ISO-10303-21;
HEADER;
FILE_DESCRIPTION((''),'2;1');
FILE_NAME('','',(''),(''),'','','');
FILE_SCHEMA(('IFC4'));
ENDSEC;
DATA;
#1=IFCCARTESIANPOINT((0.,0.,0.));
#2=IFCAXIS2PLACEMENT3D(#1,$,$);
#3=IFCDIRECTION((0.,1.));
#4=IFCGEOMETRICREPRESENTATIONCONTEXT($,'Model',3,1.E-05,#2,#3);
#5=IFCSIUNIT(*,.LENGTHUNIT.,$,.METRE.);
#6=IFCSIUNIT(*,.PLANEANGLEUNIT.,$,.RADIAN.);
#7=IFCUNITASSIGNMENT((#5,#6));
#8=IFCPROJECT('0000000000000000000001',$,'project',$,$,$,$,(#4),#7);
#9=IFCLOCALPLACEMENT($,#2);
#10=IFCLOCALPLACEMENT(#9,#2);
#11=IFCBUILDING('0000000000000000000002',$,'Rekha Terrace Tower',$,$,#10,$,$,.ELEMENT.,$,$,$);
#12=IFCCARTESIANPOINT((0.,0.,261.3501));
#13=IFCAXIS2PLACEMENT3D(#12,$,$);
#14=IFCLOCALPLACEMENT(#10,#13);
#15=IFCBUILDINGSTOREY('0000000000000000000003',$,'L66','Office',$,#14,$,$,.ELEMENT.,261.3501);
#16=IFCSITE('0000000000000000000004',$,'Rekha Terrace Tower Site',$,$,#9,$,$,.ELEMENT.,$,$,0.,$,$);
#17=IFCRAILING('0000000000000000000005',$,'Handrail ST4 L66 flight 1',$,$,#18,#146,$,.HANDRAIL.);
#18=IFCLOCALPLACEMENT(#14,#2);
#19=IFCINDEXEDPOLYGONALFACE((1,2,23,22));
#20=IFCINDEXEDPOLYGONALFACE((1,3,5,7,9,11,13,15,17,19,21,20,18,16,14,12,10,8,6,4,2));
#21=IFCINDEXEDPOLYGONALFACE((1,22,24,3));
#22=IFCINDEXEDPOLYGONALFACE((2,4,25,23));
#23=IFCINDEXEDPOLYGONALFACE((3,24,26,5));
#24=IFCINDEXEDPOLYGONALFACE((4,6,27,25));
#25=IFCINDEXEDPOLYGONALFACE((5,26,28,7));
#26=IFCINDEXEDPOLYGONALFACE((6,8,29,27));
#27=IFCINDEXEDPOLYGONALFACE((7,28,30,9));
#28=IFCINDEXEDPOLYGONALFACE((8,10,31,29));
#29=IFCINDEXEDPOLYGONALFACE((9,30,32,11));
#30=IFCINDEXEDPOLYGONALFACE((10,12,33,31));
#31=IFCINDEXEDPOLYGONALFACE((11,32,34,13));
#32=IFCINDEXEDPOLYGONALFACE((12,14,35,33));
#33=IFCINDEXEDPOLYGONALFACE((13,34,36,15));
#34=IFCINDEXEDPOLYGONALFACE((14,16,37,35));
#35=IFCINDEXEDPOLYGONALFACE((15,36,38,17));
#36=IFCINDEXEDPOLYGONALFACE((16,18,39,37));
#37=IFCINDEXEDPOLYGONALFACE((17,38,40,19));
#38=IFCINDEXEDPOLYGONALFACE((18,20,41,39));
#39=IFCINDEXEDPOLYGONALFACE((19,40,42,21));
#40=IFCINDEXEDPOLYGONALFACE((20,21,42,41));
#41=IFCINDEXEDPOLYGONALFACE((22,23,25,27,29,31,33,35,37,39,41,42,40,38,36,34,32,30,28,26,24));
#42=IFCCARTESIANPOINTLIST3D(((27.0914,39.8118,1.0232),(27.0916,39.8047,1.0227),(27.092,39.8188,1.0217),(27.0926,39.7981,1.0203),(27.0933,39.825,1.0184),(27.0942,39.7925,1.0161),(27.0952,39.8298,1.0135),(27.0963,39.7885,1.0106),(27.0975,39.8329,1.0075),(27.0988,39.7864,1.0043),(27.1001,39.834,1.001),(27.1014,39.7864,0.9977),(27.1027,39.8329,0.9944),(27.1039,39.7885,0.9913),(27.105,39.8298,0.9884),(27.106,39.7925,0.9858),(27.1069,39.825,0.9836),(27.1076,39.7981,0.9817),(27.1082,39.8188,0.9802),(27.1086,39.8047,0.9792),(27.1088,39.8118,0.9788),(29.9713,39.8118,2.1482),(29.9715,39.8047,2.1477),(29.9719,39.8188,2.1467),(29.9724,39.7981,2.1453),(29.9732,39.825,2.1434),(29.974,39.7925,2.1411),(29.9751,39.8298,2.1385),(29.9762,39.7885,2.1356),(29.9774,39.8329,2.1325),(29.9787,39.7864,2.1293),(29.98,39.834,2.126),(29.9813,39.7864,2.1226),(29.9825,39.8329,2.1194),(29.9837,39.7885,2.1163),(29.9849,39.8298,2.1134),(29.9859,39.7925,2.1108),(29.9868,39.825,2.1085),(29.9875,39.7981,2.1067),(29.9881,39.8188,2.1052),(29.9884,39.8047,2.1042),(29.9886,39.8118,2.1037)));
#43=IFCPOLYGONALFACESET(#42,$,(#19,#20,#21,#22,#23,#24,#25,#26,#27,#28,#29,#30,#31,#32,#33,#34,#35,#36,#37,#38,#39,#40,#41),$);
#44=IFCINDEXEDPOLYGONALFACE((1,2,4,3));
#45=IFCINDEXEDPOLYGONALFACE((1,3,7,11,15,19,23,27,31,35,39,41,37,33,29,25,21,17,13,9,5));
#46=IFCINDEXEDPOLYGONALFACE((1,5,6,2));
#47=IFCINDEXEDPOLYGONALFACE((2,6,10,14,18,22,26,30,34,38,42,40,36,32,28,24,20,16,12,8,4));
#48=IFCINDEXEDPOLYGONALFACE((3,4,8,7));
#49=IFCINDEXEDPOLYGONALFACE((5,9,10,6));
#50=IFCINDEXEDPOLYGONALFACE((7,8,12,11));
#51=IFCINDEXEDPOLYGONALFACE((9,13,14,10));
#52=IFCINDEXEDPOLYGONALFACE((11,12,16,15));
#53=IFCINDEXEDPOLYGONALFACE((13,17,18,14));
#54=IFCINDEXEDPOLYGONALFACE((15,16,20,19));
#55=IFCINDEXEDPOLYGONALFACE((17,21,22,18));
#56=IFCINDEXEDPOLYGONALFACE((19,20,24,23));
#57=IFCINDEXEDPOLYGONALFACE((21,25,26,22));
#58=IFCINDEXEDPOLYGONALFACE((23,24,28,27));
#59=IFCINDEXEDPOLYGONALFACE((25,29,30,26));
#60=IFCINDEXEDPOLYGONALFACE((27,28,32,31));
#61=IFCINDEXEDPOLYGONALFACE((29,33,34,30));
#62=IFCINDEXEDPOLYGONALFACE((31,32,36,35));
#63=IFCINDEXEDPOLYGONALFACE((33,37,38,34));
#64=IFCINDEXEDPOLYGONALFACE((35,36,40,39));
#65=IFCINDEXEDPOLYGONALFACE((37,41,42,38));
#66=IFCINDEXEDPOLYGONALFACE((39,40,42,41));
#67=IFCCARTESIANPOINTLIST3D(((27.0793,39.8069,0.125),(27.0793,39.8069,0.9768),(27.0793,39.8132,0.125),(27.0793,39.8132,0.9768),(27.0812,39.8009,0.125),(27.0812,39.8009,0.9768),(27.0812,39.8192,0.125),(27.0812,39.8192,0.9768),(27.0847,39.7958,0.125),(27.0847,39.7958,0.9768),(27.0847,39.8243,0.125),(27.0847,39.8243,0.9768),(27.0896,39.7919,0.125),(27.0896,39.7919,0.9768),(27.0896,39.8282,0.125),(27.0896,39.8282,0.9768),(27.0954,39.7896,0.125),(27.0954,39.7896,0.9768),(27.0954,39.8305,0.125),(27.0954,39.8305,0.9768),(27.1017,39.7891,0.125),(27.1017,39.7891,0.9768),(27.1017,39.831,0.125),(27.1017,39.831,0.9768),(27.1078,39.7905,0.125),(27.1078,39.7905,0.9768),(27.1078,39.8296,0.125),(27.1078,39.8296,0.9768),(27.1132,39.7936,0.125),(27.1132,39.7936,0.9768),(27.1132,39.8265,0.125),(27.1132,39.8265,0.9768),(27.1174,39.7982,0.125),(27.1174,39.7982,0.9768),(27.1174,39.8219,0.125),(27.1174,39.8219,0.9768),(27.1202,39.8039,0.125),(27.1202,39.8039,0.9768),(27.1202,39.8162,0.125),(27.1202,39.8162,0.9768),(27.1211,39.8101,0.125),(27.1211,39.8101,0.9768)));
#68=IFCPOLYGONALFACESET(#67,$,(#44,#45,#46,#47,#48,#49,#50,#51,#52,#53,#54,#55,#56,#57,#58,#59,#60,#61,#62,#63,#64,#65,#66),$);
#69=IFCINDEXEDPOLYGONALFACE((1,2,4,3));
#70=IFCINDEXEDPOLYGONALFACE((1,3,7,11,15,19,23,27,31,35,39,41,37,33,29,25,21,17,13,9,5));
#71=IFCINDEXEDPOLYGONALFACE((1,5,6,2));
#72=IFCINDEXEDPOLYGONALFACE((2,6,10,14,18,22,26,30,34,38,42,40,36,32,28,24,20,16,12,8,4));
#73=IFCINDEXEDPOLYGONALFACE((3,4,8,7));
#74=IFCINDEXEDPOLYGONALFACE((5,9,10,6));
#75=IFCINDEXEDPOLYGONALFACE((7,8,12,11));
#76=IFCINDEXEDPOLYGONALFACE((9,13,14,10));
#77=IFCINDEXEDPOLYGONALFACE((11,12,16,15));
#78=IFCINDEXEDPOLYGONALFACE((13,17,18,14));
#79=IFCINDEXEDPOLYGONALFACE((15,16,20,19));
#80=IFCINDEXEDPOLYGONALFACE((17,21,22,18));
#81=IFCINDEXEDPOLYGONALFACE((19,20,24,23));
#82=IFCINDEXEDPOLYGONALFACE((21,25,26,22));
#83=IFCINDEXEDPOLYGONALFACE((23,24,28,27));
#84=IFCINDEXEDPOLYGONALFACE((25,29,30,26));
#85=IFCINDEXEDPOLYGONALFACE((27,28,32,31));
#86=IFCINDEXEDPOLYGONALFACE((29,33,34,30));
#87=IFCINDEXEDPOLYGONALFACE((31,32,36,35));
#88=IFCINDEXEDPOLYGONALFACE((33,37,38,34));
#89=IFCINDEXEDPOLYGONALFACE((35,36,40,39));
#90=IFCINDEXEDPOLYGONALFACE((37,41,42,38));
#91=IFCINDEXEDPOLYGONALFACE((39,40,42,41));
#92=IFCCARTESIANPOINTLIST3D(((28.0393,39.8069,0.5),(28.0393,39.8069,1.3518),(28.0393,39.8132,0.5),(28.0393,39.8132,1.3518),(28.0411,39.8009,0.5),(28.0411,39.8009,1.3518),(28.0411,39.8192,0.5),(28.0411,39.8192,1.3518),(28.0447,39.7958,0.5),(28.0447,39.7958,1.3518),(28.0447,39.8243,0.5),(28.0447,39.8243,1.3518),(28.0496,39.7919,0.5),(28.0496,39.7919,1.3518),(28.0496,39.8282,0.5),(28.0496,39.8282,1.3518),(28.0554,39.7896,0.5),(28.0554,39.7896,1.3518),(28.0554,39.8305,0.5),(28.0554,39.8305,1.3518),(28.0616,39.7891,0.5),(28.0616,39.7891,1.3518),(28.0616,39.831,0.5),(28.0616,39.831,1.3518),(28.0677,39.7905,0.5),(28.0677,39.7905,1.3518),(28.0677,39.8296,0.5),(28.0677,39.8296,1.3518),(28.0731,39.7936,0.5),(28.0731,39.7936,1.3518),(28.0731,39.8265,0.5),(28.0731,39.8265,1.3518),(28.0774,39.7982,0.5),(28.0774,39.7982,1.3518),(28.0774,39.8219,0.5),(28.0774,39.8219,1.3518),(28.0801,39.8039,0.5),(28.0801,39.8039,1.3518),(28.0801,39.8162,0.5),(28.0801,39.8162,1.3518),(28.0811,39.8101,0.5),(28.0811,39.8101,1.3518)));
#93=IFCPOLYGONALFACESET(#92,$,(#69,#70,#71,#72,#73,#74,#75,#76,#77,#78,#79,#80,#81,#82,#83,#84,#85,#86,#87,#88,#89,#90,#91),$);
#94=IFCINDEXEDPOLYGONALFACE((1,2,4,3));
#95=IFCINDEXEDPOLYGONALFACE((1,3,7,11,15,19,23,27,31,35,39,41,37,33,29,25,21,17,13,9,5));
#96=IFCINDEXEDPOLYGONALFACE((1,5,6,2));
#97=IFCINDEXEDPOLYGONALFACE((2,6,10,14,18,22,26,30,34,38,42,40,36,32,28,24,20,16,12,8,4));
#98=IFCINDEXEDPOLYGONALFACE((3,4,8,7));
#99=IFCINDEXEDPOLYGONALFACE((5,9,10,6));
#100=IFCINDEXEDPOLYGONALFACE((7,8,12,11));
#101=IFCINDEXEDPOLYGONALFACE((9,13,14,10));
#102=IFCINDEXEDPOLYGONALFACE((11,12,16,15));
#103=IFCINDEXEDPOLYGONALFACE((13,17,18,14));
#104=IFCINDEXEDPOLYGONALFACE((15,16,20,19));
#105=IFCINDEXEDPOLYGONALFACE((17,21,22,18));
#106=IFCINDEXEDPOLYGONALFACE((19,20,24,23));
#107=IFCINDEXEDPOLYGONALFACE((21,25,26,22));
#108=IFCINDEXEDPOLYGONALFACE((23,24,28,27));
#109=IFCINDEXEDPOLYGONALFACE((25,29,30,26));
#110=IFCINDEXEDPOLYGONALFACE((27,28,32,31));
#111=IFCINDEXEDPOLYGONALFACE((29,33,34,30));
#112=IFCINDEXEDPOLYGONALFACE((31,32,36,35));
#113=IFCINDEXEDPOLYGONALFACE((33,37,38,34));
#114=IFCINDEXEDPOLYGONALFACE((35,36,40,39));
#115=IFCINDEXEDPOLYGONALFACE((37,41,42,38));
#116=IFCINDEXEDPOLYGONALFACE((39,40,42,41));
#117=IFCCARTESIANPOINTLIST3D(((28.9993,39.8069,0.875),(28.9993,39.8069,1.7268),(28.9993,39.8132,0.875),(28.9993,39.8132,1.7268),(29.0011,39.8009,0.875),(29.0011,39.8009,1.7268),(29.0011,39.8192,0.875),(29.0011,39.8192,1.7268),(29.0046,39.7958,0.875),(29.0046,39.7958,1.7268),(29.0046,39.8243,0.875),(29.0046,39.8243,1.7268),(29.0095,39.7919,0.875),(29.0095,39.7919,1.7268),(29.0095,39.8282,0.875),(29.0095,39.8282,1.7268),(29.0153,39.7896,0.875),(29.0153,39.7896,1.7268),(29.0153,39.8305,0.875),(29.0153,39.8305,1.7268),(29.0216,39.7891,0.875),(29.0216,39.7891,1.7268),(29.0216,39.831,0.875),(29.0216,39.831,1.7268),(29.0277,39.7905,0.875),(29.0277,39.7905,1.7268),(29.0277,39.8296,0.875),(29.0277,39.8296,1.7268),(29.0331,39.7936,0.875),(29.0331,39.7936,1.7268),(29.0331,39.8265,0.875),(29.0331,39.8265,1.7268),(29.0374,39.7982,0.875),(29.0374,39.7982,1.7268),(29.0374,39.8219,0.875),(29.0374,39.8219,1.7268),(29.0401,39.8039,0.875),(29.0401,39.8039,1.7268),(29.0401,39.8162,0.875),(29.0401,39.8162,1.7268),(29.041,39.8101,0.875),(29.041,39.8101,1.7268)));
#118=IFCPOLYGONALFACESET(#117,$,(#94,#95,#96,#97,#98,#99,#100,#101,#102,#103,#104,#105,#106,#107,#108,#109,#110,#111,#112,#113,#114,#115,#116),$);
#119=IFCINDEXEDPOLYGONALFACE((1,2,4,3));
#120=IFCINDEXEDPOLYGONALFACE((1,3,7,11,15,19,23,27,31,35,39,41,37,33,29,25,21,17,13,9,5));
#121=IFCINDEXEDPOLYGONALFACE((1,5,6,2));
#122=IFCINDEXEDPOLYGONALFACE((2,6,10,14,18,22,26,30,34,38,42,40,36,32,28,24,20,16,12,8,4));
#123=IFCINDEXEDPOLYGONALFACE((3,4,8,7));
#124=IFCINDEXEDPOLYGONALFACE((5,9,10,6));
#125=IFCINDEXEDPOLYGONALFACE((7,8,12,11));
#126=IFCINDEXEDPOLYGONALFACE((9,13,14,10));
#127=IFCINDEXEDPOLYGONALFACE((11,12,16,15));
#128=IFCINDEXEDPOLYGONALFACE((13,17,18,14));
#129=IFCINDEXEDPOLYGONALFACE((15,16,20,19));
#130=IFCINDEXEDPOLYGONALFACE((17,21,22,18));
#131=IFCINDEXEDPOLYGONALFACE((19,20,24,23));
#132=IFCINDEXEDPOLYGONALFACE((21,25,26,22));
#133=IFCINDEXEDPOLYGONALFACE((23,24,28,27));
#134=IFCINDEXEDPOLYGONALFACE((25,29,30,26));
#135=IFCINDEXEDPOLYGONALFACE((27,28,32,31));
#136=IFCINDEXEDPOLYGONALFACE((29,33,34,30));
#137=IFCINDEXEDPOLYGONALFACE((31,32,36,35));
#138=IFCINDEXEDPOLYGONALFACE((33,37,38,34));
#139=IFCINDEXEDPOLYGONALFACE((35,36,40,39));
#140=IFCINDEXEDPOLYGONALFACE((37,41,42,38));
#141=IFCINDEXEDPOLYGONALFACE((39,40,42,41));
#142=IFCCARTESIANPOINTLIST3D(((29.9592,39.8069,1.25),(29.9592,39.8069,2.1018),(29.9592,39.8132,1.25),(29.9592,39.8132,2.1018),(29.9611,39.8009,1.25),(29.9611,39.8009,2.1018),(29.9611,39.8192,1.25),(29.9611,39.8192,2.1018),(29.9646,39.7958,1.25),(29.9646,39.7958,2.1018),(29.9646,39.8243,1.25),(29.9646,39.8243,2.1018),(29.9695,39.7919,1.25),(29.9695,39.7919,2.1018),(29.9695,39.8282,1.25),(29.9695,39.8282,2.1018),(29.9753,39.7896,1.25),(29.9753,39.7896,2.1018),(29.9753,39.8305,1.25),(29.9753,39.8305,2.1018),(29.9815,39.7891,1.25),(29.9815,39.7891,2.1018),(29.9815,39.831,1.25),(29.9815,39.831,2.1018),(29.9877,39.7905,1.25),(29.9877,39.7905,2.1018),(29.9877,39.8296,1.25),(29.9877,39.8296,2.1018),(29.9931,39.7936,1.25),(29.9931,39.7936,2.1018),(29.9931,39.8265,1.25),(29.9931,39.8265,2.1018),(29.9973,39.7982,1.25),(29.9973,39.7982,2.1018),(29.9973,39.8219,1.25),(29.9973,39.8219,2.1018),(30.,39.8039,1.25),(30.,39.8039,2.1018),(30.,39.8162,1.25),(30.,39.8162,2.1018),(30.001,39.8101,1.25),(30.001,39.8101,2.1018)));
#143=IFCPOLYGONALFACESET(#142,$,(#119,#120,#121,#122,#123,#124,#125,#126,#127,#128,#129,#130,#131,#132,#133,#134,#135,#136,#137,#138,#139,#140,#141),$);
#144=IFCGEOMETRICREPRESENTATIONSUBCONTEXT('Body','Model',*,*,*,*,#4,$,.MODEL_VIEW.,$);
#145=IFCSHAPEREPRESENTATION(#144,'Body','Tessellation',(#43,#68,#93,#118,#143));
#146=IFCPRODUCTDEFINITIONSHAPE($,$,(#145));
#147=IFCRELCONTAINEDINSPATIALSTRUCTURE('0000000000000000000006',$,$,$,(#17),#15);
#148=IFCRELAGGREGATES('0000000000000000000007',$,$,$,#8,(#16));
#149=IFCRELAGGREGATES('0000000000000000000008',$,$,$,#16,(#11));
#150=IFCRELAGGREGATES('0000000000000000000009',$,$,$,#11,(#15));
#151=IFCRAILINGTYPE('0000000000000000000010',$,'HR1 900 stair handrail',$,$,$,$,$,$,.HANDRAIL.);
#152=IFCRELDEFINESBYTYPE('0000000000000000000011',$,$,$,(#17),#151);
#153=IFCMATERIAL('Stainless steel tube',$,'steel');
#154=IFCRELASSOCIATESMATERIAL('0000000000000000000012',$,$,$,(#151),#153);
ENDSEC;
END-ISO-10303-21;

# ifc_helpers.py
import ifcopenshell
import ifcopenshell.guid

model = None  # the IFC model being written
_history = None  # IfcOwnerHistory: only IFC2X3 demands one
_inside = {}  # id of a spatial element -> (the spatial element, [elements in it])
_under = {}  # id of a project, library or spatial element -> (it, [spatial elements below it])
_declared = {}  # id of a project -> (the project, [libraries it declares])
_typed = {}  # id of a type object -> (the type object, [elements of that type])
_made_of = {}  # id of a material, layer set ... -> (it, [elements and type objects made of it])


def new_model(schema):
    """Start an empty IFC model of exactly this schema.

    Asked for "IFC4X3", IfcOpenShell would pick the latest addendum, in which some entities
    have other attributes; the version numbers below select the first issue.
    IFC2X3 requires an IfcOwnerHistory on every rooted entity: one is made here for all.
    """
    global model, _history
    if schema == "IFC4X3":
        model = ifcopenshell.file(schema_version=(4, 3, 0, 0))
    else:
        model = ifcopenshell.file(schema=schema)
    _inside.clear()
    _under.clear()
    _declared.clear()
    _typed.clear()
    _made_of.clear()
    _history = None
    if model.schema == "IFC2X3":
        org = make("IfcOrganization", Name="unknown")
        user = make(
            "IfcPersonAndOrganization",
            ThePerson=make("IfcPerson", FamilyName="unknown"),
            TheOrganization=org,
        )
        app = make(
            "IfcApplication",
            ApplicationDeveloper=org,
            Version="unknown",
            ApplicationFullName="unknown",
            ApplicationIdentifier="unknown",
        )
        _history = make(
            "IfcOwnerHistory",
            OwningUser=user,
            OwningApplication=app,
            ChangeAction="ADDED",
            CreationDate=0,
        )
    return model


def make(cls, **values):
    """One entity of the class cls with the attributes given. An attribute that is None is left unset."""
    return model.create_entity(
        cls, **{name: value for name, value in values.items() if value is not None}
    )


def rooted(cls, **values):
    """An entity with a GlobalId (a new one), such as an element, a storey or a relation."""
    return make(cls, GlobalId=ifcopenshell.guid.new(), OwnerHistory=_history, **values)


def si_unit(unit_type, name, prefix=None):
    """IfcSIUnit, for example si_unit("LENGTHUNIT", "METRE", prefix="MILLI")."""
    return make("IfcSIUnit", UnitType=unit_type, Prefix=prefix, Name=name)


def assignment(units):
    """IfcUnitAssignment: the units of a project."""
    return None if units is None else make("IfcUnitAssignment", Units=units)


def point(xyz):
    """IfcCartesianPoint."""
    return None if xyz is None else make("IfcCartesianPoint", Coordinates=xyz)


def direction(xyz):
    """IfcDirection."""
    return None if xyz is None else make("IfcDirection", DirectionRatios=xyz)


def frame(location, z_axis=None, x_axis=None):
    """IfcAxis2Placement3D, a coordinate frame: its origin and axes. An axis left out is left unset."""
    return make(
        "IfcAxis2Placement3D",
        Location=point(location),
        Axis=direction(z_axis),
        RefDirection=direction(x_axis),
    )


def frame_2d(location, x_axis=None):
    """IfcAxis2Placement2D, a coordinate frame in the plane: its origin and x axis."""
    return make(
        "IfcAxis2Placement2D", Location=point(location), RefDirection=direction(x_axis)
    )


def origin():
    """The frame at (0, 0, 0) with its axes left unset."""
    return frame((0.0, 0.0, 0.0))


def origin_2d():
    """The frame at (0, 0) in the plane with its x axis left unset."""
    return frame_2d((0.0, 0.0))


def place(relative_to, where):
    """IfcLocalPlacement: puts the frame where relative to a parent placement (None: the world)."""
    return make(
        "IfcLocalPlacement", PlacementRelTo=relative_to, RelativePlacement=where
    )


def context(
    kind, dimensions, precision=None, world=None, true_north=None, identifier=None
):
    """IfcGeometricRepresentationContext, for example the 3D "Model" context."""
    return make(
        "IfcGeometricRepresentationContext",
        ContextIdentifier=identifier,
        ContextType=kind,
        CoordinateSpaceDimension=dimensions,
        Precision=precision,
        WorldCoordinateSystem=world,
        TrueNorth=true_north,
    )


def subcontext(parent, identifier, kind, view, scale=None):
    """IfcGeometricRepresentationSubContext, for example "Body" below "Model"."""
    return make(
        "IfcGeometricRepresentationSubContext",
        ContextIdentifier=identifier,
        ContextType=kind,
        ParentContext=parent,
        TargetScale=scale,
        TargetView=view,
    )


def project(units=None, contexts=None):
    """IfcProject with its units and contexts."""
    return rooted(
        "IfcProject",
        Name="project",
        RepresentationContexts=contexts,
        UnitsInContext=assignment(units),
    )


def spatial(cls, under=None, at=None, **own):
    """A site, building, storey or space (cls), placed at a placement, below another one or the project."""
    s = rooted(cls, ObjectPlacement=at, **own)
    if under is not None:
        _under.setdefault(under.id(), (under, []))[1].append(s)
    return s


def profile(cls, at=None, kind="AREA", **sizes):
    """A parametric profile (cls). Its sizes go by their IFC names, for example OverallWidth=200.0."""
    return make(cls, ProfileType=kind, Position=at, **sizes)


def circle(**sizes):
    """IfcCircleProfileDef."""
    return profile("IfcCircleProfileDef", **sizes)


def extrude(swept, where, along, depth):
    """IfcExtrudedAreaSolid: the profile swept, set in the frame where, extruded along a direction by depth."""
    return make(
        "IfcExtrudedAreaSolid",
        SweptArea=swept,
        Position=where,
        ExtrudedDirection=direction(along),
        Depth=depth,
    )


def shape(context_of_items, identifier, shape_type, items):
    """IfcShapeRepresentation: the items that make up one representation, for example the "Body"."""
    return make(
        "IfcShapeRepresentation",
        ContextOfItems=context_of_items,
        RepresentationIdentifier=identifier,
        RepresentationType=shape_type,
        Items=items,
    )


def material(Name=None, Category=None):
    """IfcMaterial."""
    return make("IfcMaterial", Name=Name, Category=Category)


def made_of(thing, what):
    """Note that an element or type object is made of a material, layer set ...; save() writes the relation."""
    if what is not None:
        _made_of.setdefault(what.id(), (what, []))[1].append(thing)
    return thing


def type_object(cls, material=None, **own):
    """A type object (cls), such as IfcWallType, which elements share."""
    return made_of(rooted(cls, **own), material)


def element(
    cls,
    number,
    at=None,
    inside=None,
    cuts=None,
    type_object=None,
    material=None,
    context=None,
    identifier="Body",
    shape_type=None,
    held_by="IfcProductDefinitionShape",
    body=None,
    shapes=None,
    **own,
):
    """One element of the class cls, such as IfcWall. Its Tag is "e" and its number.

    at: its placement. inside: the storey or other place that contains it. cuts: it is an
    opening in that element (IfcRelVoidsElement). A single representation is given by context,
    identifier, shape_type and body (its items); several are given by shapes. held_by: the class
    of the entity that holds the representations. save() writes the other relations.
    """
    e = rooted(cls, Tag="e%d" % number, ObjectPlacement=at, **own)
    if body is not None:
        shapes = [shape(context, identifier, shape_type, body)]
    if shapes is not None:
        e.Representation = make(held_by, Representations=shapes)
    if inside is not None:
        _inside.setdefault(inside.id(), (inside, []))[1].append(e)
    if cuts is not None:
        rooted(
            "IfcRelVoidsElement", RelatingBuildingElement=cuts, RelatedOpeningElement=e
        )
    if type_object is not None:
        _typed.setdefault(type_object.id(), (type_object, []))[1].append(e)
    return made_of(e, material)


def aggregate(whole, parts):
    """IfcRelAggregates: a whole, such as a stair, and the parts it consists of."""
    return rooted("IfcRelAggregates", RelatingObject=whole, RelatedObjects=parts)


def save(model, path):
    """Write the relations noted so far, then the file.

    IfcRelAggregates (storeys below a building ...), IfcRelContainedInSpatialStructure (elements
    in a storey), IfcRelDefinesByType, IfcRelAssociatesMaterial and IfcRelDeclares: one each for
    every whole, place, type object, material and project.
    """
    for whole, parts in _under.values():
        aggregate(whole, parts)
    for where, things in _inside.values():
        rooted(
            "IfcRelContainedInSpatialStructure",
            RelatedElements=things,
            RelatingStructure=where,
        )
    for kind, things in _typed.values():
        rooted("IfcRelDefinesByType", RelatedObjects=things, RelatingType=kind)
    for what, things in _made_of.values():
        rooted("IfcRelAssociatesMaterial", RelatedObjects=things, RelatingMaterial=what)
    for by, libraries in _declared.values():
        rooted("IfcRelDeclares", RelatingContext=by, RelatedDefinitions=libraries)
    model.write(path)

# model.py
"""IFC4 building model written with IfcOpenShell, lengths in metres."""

from ifc_helpers import new_model, si_unit, direction, frame, origin, origin_2d, place, context, subcontext, project, spatial, circle, extrude, material, type_object, element, save


model = new_model("IFC4")

# Units and contexts
model_context = context("Model", 3, precision=1e-05, world=origin(), true_north=direction((0.0, 1.0)))
body_context = subcontext(model_context, "Body", "Model", "MODEL_VIEW")
ifc_project = project(units=[si_unit("LENGTHUNIT", "METRE"), si_unit("PLANEANGLEUNIT", "RADIAN")], contexts=[model_context])

# Site, building, storey
site_placement = place(None, origin())
site = spatial("IfcSite", under=ifc_project, at=site_placement, Name="Rekha Terrace Tower Site", CompositionType="ELEMENT", RefElevation=0.0)
building_placement = place(site_placement, origin())
building = spatial("IfcBuilding", under=site, at=building_placement, Name="Rekha Terrace Tower", CompositionType="ELEMENT")
storey_placement = place(building_placement, frame((0.0, 0.0, 261.3501)))
storey = spatial("IfcBuildingStorey", under=building, at=storey_placement, Name="L66", Description="Office", CompositionType="ELEMENT", Elevation=261.3501)

# Railing
ifc_material_1 = material(Name="Stainless steel tube", Category="steel")
railing_type_1 = type_object("IfcRailingType", Name="HR1 900 stair handrail", PredefinedType="HANDRAIL", material=ifc_material_1)
railing_1_placement = place(storey_placement, frame((27.1001, 39.8101, 0.125)))
element("IfcRailing", 1, at=railing_1_placement, inside=storey, type_object=railing_type_1, Name="Handrail ST4 L66 flight 1", PredefinedType="HANDRAIL", context=body_context, shape_type="SweptSolid", body=[
    extrude(circle(Radius=0.0239, at=origin_2d()), frame((0.0, 0.0, 0.876), z_axis=(0.931452, 0.0, 0.363863), x_axis=(0.0, 1.0, 0.0)), (0.0, 0.0, 1.0), 3.0918),
    extrude(circle(Radius=0.021, at=origin_2d()), origin(), (0.0, 0.0, 1.0), 0.8518),
    extrude(circle(Radius=0.021, at=origin_2d()), frame((0.96, 0.0, 0.375)), (0.0, 0.0, 1.0), 0.8518),
    extrude(circle(Radius=0.021, at=origin_2d()), frame((1.9199, 0.0, 0.75)), (0.0, 0.0, 1.0), 0.8518),
    extrude(circle(Radius=0.021, at=origin_2d()), frame((2.8799, 0.0, 1.125)), (0.0, 0.0, 1.0), 0.8518),
])

save(model, "model.ifc")
